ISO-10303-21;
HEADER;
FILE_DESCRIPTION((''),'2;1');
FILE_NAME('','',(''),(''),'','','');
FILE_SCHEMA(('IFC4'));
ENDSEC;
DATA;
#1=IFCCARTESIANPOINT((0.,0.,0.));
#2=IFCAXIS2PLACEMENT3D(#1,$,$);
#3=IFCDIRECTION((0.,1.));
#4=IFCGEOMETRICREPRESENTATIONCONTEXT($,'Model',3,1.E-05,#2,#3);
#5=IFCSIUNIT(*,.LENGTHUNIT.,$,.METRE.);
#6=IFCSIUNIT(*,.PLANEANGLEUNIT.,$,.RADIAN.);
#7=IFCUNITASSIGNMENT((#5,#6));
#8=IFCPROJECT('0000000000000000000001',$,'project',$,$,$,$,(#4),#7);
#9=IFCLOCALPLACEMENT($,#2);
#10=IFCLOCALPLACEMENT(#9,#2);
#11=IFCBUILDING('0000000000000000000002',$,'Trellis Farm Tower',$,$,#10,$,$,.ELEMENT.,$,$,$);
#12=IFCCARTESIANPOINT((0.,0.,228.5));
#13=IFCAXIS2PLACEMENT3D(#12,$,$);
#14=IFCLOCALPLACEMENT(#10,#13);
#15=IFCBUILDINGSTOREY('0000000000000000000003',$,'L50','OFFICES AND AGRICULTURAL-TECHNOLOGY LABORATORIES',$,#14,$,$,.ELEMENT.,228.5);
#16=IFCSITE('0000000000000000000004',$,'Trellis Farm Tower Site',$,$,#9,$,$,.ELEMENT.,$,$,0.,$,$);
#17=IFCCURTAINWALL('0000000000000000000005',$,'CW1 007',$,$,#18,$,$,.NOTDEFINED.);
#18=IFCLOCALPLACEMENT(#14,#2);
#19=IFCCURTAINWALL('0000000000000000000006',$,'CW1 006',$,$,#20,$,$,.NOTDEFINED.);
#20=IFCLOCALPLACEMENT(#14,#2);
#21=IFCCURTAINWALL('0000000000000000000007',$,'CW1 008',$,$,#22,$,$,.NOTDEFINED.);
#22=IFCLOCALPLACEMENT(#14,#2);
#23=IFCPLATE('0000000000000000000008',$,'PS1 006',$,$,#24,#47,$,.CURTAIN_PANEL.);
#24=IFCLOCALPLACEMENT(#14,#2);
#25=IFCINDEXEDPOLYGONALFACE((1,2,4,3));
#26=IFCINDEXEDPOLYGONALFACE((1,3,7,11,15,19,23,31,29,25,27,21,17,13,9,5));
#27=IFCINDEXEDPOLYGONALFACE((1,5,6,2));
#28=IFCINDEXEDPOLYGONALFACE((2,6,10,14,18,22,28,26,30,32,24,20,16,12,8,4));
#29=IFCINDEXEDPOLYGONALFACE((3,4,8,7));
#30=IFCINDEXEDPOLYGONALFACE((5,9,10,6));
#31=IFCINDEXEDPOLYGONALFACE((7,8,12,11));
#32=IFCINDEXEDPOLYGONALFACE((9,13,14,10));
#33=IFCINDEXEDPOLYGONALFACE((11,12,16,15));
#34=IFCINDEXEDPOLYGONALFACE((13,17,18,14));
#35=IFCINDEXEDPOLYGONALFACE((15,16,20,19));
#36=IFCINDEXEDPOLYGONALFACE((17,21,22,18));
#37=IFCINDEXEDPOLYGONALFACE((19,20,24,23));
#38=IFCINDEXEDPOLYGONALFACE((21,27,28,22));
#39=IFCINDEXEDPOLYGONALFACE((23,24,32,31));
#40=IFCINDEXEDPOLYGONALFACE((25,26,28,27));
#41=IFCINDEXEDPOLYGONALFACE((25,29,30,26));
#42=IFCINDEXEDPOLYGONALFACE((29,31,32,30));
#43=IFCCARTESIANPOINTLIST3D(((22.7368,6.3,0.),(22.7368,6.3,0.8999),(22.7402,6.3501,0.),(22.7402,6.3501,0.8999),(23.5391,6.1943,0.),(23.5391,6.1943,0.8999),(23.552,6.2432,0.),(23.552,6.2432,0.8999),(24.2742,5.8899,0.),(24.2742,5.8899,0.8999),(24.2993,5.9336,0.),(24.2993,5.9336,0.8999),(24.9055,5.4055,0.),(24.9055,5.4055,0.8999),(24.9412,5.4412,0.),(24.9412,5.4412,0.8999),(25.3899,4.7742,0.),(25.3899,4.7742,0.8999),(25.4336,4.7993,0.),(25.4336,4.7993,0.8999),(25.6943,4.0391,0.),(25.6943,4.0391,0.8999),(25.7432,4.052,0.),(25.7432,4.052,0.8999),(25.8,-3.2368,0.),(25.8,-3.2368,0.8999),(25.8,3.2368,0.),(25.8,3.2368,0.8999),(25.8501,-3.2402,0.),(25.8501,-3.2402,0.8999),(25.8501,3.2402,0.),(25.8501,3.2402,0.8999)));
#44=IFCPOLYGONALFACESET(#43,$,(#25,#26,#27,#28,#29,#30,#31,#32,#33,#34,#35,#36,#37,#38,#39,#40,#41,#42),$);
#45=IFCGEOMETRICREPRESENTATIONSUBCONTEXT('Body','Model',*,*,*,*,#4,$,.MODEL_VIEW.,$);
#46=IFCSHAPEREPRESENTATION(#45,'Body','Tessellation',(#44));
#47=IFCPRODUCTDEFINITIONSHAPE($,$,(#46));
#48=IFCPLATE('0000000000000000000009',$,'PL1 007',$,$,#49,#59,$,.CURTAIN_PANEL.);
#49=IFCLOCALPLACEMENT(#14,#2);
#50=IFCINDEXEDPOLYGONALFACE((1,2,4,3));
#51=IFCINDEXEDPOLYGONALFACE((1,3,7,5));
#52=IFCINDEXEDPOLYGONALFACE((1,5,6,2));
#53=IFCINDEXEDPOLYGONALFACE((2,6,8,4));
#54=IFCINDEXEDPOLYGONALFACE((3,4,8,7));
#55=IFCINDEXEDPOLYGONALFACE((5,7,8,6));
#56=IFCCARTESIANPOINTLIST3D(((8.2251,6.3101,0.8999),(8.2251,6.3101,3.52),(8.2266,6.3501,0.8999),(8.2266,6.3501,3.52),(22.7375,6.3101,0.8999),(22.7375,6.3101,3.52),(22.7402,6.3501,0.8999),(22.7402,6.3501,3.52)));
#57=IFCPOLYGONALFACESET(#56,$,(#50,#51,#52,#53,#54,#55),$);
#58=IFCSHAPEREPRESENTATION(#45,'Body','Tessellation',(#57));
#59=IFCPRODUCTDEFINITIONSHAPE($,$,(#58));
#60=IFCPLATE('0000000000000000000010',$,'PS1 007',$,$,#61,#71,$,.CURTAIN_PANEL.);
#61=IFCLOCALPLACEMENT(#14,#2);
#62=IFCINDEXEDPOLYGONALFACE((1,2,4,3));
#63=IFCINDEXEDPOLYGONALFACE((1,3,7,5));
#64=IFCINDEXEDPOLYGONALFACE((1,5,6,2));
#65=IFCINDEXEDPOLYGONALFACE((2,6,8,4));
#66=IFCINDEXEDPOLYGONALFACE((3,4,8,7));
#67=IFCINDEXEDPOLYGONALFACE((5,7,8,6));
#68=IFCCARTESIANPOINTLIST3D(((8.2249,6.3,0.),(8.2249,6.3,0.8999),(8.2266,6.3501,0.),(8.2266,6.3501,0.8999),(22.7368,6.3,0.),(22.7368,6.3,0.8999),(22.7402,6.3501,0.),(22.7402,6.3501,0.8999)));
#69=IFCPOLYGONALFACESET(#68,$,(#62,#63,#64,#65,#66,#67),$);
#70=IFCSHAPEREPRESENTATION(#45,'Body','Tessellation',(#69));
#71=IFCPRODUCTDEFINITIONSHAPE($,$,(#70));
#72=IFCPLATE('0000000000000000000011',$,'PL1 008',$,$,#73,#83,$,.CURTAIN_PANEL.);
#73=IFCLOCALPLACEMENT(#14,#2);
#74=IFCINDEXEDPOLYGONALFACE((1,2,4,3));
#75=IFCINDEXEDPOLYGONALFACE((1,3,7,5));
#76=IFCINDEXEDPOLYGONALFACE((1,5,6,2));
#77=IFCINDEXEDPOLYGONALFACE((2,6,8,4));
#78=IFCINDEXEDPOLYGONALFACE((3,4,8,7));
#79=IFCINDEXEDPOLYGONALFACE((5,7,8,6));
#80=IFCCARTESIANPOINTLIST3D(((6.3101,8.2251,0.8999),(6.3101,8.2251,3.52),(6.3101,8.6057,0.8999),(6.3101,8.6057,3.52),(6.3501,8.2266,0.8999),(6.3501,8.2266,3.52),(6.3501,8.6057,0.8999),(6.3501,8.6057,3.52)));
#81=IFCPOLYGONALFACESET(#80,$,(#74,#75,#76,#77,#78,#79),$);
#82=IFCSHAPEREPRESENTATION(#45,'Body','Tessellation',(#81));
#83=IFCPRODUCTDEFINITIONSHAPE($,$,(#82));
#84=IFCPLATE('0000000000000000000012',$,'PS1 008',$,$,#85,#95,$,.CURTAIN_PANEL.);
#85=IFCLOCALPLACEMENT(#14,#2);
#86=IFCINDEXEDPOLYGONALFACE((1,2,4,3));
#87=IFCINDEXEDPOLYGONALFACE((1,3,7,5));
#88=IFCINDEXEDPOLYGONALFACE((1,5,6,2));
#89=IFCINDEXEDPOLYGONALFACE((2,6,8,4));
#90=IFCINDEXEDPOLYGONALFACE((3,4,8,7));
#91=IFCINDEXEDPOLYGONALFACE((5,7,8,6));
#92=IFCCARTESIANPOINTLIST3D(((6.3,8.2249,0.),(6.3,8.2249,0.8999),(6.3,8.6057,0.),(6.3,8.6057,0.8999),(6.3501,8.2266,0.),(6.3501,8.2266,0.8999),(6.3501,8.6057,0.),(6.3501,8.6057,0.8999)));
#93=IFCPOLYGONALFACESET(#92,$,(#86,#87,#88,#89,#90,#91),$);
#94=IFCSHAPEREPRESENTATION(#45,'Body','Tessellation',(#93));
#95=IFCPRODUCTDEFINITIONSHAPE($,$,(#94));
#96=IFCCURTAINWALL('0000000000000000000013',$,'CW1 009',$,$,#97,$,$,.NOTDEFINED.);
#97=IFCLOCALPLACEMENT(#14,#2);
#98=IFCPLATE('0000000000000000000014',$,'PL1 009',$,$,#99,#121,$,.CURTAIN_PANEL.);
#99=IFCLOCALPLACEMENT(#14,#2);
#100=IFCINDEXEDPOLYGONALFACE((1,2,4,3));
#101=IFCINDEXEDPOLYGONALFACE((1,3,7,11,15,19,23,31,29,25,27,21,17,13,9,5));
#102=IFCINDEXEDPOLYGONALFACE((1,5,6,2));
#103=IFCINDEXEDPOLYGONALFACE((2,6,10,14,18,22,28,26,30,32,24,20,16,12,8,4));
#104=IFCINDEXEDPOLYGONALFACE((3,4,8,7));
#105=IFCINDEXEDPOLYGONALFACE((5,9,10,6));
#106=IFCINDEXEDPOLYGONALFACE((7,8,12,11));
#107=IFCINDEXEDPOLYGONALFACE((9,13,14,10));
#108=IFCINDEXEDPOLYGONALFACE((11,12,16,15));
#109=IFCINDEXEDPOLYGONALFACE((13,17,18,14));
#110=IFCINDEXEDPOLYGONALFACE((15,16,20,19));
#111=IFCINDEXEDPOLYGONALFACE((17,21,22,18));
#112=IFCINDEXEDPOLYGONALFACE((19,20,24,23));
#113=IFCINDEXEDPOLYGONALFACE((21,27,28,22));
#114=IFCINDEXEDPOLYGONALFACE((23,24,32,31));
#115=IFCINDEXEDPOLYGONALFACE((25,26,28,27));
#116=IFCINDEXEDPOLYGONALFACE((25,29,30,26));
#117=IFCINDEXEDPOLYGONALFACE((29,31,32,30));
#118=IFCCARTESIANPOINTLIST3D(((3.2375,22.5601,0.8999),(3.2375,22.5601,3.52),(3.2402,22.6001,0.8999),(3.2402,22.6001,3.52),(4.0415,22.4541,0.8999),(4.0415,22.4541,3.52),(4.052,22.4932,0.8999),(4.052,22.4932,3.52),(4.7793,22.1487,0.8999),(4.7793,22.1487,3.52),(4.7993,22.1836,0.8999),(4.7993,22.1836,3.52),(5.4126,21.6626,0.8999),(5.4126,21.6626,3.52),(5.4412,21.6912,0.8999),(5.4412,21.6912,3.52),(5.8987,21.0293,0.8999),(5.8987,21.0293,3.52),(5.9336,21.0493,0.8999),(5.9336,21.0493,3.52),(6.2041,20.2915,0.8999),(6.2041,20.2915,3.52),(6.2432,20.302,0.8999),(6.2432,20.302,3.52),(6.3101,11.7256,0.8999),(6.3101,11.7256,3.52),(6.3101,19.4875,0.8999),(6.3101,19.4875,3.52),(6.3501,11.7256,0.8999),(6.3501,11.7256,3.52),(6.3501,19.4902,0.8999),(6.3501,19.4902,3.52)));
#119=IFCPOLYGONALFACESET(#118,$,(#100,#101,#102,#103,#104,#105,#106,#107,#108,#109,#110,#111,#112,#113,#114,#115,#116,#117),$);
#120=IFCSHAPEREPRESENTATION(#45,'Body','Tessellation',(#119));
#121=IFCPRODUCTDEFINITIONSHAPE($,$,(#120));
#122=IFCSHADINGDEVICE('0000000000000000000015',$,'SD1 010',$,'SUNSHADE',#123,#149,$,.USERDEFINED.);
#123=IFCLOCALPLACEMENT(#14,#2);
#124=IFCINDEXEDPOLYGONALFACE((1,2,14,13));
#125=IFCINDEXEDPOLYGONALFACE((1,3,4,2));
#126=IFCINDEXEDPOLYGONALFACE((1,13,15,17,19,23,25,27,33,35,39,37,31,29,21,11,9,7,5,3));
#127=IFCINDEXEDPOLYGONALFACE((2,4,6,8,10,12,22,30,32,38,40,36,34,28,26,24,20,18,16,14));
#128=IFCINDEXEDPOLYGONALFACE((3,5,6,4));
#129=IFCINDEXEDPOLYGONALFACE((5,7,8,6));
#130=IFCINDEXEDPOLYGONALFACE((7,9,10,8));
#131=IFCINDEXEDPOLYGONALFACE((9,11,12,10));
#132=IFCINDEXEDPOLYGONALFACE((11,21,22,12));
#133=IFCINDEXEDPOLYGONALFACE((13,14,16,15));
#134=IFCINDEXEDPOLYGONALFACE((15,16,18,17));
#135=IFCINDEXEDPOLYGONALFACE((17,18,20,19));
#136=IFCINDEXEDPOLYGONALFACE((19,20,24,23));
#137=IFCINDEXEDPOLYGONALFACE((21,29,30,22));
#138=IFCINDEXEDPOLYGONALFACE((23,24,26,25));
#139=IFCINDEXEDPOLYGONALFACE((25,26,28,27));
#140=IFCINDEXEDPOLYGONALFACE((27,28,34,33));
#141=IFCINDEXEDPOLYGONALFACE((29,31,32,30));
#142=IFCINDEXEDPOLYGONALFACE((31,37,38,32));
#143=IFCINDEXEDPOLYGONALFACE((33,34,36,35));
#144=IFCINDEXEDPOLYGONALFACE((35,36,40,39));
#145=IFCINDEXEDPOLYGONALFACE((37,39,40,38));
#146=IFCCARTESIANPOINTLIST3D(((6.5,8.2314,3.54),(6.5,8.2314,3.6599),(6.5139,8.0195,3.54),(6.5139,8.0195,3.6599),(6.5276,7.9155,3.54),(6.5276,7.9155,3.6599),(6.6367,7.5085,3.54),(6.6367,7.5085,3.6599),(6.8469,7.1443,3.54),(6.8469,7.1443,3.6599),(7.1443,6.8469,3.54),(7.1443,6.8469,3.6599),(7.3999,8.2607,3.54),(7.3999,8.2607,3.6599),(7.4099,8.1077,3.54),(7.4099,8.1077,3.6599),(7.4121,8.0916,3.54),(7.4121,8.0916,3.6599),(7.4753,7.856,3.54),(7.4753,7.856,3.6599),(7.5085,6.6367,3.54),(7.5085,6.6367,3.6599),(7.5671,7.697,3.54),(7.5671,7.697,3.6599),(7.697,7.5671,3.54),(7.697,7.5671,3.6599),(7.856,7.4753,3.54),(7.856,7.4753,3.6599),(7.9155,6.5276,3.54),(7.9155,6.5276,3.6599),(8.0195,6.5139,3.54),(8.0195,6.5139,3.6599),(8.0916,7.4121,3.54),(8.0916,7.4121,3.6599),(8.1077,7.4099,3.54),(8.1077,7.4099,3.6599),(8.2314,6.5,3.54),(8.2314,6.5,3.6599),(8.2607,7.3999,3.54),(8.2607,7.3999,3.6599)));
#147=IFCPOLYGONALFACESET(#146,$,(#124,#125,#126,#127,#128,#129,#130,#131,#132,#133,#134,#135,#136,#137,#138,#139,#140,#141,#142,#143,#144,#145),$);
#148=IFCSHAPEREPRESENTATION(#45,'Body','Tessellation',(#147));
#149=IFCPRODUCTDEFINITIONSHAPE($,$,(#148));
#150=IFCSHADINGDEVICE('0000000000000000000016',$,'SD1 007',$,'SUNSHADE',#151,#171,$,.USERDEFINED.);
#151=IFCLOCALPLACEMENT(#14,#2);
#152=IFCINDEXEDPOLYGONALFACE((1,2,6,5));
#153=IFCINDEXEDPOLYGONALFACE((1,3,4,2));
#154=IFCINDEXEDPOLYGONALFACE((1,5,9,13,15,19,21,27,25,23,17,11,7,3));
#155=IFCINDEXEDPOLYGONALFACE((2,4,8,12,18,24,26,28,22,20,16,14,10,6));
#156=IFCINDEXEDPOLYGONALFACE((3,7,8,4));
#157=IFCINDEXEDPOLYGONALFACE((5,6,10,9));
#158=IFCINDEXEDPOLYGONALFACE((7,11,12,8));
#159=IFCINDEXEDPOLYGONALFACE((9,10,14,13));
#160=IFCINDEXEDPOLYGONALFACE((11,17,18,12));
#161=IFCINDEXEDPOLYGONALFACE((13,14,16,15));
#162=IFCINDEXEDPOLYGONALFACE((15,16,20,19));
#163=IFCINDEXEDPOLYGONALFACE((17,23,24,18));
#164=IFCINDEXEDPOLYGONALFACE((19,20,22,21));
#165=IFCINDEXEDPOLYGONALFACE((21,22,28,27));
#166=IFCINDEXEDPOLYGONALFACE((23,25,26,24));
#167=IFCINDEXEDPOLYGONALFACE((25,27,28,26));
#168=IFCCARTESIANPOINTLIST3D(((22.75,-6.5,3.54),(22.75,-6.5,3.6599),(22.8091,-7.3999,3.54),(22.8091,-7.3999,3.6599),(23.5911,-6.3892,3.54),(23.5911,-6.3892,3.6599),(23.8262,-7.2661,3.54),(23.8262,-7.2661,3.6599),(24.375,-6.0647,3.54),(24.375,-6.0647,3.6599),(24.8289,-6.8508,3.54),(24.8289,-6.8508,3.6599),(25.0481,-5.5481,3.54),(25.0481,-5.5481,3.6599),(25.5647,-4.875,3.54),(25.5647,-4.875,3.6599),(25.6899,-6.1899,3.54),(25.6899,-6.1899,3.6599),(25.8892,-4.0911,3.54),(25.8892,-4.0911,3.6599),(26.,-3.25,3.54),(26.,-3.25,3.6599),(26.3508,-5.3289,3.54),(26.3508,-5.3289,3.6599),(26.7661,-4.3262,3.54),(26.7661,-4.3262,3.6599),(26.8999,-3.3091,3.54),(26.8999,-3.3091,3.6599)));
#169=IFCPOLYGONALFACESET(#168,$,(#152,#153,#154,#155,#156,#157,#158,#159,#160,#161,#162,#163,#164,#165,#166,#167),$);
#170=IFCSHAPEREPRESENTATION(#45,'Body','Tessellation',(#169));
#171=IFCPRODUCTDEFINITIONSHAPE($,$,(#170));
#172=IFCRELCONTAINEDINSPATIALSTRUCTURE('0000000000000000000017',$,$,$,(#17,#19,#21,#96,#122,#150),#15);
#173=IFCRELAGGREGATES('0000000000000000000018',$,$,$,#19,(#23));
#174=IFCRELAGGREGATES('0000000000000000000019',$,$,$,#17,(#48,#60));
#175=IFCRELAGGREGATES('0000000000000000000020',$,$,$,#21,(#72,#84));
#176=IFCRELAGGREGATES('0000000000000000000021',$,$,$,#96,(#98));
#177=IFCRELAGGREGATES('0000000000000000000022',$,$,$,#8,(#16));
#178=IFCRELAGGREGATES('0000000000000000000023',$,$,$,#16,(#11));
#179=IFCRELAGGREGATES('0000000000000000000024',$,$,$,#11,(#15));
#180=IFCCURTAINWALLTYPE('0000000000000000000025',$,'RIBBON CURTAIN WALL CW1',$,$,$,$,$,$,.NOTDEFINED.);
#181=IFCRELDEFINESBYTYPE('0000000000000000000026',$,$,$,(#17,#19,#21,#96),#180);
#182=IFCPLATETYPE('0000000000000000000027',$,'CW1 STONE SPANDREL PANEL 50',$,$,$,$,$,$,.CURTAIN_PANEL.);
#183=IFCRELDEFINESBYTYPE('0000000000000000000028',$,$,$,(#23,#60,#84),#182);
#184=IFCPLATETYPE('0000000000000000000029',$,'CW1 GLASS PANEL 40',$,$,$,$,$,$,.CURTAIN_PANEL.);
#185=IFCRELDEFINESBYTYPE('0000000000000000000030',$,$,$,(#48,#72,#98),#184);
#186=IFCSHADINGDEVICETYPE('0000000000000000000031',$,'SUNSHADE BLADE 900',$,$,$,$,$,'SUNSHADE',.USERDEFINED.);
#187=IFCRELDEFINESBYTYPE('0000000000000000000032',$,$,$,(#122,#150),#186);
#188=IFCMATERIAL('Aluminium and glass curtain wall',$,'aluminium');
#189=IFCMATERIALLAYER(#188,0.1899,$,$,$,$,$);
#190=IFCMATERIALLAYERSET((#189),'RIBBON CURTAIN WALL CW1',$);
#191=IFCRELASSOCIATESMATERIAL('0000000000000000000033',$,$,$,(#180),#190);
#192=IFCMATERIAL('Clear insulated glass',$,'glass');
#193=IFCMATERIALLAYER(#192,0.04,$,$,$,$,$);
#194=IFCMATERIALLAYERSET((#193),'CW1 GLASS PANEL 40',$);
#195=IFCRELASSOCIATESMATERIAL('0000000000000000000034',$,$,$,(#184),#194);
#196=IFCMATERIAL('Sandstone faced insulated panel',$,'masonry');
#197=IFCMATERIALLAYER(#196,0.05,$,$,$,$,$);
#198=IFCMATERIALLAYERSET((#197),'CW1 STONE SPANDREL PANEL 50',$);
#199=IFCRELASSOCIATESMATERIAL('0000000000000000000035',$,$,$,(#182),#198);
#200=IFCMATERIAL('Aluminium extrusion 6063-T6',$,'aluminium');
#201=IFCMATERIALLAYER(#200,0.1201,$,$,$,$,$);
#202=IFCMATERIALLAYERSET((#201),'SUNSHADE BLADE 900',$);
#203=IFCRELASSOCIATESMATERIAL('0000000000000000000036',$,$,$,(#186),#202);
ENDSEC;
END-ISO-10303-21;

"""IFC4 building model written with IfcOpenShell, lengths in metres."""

from ifc_helpers import new_model, si_unit, direction, frame, origin, place, context, subcontext, project, spatial, polyline, outline, extrude, source, transform, mapped, material, layer, layer_set, type_object, element, aggregate, save


model = new_model("IFC4")

# Units and contexts
model_context = context("Model", 3, precision=1e-05, world=origin(), true_north=direction((0.0, 1.0)))
body_context = subcontext(model_context, "Body", "Model", "MODEL_VIEW")
ifc_project = project(units=[si_unit("LENGTHUNIT", "METRE"), si_unit("PLANEANGLEUNIT", "RADIAN")], contexts=[model_context])

# Site, building, storey
site_placement = place(None, origin())
site = spatial("IfcSite", under=ifc_project, at=site_placement, Name="Trellis Farm Tower Site", CompositionType="ELEMENT", RefElevation=0.0)
building_placement = place(site_placement, origin())
building = spatial("IfcBuilding", under=site, at=building_placement, Name="Trellis Farm Tower", CompositionType="ELEMENT")
storey_placement = place(building_placement, frame((0.0, 0.0, 228.5)))
storey = spatial("IfcBuildingStorey", under=building, at=storey_placement, Name="L50", Description="OFFICES AND AGRICULTURAL-TECHNOLOGY LABORATORIES", CompositionType="ELEMENT", Elevation=228.5)

# Curtain walls
ifc_material_1 = material(Name="Aluminium and glass curtain wall", Category="aluminium")
placement_1 = place(storey_placement, origin())
ifc_material_2 = material(Name="Aluminium extrusion 6063-T6", Category="aluminium")
ifc_layer_1 = layer(ifc_material_1, 0.1899)
ifc_layer_set_1 = layer_set([ifc_layer_1], Name="RIBBON CURTAIN WALL CW1")
curtain_wall_type_1 = type_object("IfcCurtainWallType", Name="RIBBON CURTAIN WALL CW1", PredefinedType="NOTDEFINED", material=ifc_layer_set_1)
curtain_wall_1 = element("IfcCurtainWall", 1, at=placement_1, inside=storey, type_object=curtain_wall_type_1, Name="CW1 007", PredefinedType="NOTDEFINED")
curtain_wall_2 = element("IfcCurtainWall", 2, at=placement_1, inside=storey, type_object=curtain_wall_type_1, Name="CW1 006", PredefinedType="NOTDEFINED")
curtain_wall_3 = element("IfcCurtainWall", 3, at=placement_1, inside=storey, type_object=curtain_wall_type_1, Name="CW1 008", PredefinedType="NOTDEFINED")

# Plates
ifc_material_3 = material(Name="Clear insulated glass", Category="glass")
ifc_layer_2 = layer(ifc_material_3, 0.04)
ifc_layer_set_2 = layer_set([ifc_layer_2], Name="CW1 GLASS PANEL 40")
plate_type_1 = type_object("IfcPlateType", Name="CW1 GLASS PANEL 40", PredefinedType="CURTAIN_PANEL", material=ifc_layer_set_2)
placement_2 = place(storey_placement, frame((0.0, 0.0, 0.8999)))
ifc_material_4 = material(Name="Sandstone faced insulated panel", Category="masonry")
ifc_layer_3 = layer(ifc_material_4, 0.05)
ifc_layer_set_3 = layer_set([ifc_layer_3], Name="CW1 STONE SPANDREL PANEL 50")
plate_type_2 = type_object("IfcPlateType", Name="CW1 STONE SPANDREL PANEL 50", PredefinedType="CURTAIN_PANEL", material=ifc_layer_set_3)
shared_shape_1 = source(origin(), body_context, "Body", "SweptSolid", [
    extrude(outline(polyline([(25.8501, -3.2402), (25.8501, 3.2402), (25.7432, 4.052), (25.4336, 4.7993), (24.9412, 5.4412), (24.2993, 5.9336), (23.552, 6.2432), (22.7402, 6.3501), (22.7368, 6.3), (23.5391, 6.1943), (24.2742, 5.8899), (24.9055, 5.4055), (25.3899, 4.7742), (25.6943, 4.0391), (25.8, 3.2368), (25.8, -3.2368), (25.8501, -3.2402)])), origin(), (0.0, 0.0, 1.0), 0.8999),
])
plate_1 = element("IfcPlate", 4, at=placement_1, type_object=plate_type_2, Name="PS1 006", PredefinedType="CURTAIN_PANEL", context=body_context, shape_type="MappedRepresentation", body=[
    mapped(shared_shape_1, transform((0.0, 0.0, 0.0))),
])
aggregate(curtain_wall_2, [plate_1])
shared_shape_2 = source(origin(), body_context, "Body", "SweptSolid", [
    extrude(outline(polyline([(22.7402, 6.3501), (8.2266, 6.3501), (8.2251, 6.3101), (22.7375, 6.3101), (22.7402, 6.3501)])), origin(), (0.0, 0.0, 1.0), 2.6201),
])
plate_2 = element("IfcPlate", 5, at=placement_2, type_object=plate_type_1, Name="PL1 007", PredefinedType="CURTAIN_PANEL", context=body_context, shape_type="MappedRepresentation", body=[
    mapped(shared_shape_2, transform((0.0, 0.0, 0.0))),
])
shared_shape_3 = source(origin(), body_context, "Body", "SweptSolid", [
    extrude(outline(polyline([(22.7402, 6.3501), (8.2266, 6.3501), (8.2249, 6.3), (22.7368, 6.3), (22.7402, 6.3501)])), origin(), (0.0, 0.0, 1.0), 0.8999),
])
plate_3 = element("IfcPlate", 6, at=placement_1, type_object=plate_type_2, Name="PS1 007", PredefinedType="CURTAIN_PANEL", context=body_context, shape_type="MappedRepresentation", body=[
    mapped(shared_shape_3, transform((0.0, 0.0, 0.0))),
])
aggregate(curtain_wall_1, [plate_2, plate_3])
shared_shape_4 = source(origin(), body_context, "Body", "SweptSolid", [
    extrude(outline(polyline([(6.3501, 8.2266), (6.3501, 8.6057), (6.3101, 8.6057), (6.3101, 8.2251), (6.3501, 8.2266)])), origin(), (0.0, 0.0, 1.0), 2.6201),
])
plate_4 = element("IfcPlate", 7, at=placement_2, type_object=plate_type_1, Name="PL1 008", PredefinedType="CURTAIN_PANEL", context=body_context, shape_type="MappedRepresentation", body=[
    mapped(shared_shape_4, transform((0.0, 0.0, 0.0))),
])
shared_shape_5 = source(origin(), body_context, "Body", "SweptSolid", [
    extrude(outline(polyline([(6.3501, 8.2266), (6.3501, 8.6057), (6.3, 8.6057), (6.3, 8.2249), (6.3501, 8.2266)])), origin(), (0.0, 0.0, 1.0), 0.8999),
])
plate_5 = element("IfcPlate", 8, at=placement_1, type_object=plate_type_2, Name="PS1 008", PredefinedType="CURTAIN_PANEL", context=body_context, shape_type="MappedRepresentation", body=[
    mapped(shared_shape_5, transform((0.0, 0.0, 0.0))),
])
aggregate(curtain_wall_3, [plate_4, plate_5])

# Curtain wall, plate
curtain_wall_4 = element("IfcCurtainWall", 9, at=placement_1, inside=storey, type_object=curtain_wall_type_1, Name="CW1 009", PredefinedType="NOTDEFINED")
shared_shape_6 = source(origin(), body_context, "Body", "SweptSolid", [
    extrude(outline(polyline([(6.3501, 11.7256), (6.3501, 19.4902), (6.2432, 20.302), (5.9336, 21.0493), (5.4412, 21.6912), (4.7993, 22.1836), (4.052, 22.4932), (3.2402, 22.6001), (3.2375, 22.5601), (4.0415, 22.4541), (4.7793, 22.1487), (5.4126, 21.6626), (5.8987, 21.0293), (6.2041, 20.2915), (6.3101, 19.4875), (6.3101, 11.7256), (6.3501, 11.7256)])), origin(), (0.0, 0.0, 1.0), 2.6201),
])
plate_6 = element("IfcPlate", 10, at=placement_2, type_object=plate_type_1, Name="PL1 009", PredefinedType="CURTAIN_PANEL", context=body_context, shape_type="MappedRepresentation", body=[
    mapped(shared_shape_6, transform((0.0, 0.0, 0.0))),
])
aggregate(curtain_wall_4, [plate_6])

# Shading devices
ifc_layer_4 = layer(ifc_material_2, 0.1201)
ifc_layer_set_4 = layer_set([ifc_layer_4], Name="SUNSHADE BLADE 900")
shading_device_type_1 = type_object("IfcShadingDeviceType", Name="SUNSHADE BLADE 900", ElementType="SUNSHADE", PredefinedType="USERDEFINED", material=ifc_layer_set_4)
shared_shape_7 = source(origin(), body_context, "Body", "SweptSolid", [
    extrude(outline(polyline([(8.2607, 7.3999), (8.1077, 7.4099), (8.0916, 7.4121), (7.856, 7.4753), (7.697, 7.5671), (7.5671, 7.697), (7.4753, 7.856), (7.4121, 8.0916), (7.4099, 8.1077), (7.3999, 8.2607), (6.5, 8.2314), (6.5139, 8.0195), (6.5276, 7.9155), (6.6367, 7.5085), (6.8469, 7.1443), (7.1443, 6.8469), (7.5085, 6.6367), (7.9155, 6.5276), (8.0195, 6.5139), (8.2314, 6.5), (8.2607, 7.3999)])), origin(), (0.0, 0.0, 1.0), 0.1199),
])
placement_3 = place(storey_placement, frame((0.0, 0.0, 3.54)))
element("IfcShadingDevice", 11, at=placement_3, inside=storey, type_object=shading_device_type_1, Name="SD1 010", ObjectType="SUNSHADE", PredefinedType="USERDEFINED", context=body_context, shape_type="MappedRepresentation", body=[
    mapped(shared_shape_7, transform((0.0, 0.0, 0.0))),
])
shared_shape_8 = source(origin(), body_context, "Body", "SweptSolid", [
    extrude(outline(polyline([(22.8091, -7.3999), (23.8262, -7.2661), (24.8289, -6.8508), (25.6899, -6.1899), (26.3508, -5.3289), (26.7661, -4.3262), (26.8999, -3.3091), (26.0, -3.25), (25.8892, -4.0911), (25.5647, -4.875), (25.0481, -5.5481), (24.375, -6.0647), (23.5911, -6.3892), (22.75, -6.5), (22.8091, -7.3999)])), origin(), (0.0, 0.0, 1.0), 0.1199),
])
element("IfcShadingDevice", 12, at=placement_3, inside=storey, type_object=shading_device_type_1, Name="SD1 007", ObjectType="SUNSHADE", PredefinedType="USERDEFINED", context=body_context, shape_type="MappedRepresentation", body=[
    mapped(shared_shape_8, transform((0.0, 0.0, 0.0))),
])

save(model, "model.ifc")
